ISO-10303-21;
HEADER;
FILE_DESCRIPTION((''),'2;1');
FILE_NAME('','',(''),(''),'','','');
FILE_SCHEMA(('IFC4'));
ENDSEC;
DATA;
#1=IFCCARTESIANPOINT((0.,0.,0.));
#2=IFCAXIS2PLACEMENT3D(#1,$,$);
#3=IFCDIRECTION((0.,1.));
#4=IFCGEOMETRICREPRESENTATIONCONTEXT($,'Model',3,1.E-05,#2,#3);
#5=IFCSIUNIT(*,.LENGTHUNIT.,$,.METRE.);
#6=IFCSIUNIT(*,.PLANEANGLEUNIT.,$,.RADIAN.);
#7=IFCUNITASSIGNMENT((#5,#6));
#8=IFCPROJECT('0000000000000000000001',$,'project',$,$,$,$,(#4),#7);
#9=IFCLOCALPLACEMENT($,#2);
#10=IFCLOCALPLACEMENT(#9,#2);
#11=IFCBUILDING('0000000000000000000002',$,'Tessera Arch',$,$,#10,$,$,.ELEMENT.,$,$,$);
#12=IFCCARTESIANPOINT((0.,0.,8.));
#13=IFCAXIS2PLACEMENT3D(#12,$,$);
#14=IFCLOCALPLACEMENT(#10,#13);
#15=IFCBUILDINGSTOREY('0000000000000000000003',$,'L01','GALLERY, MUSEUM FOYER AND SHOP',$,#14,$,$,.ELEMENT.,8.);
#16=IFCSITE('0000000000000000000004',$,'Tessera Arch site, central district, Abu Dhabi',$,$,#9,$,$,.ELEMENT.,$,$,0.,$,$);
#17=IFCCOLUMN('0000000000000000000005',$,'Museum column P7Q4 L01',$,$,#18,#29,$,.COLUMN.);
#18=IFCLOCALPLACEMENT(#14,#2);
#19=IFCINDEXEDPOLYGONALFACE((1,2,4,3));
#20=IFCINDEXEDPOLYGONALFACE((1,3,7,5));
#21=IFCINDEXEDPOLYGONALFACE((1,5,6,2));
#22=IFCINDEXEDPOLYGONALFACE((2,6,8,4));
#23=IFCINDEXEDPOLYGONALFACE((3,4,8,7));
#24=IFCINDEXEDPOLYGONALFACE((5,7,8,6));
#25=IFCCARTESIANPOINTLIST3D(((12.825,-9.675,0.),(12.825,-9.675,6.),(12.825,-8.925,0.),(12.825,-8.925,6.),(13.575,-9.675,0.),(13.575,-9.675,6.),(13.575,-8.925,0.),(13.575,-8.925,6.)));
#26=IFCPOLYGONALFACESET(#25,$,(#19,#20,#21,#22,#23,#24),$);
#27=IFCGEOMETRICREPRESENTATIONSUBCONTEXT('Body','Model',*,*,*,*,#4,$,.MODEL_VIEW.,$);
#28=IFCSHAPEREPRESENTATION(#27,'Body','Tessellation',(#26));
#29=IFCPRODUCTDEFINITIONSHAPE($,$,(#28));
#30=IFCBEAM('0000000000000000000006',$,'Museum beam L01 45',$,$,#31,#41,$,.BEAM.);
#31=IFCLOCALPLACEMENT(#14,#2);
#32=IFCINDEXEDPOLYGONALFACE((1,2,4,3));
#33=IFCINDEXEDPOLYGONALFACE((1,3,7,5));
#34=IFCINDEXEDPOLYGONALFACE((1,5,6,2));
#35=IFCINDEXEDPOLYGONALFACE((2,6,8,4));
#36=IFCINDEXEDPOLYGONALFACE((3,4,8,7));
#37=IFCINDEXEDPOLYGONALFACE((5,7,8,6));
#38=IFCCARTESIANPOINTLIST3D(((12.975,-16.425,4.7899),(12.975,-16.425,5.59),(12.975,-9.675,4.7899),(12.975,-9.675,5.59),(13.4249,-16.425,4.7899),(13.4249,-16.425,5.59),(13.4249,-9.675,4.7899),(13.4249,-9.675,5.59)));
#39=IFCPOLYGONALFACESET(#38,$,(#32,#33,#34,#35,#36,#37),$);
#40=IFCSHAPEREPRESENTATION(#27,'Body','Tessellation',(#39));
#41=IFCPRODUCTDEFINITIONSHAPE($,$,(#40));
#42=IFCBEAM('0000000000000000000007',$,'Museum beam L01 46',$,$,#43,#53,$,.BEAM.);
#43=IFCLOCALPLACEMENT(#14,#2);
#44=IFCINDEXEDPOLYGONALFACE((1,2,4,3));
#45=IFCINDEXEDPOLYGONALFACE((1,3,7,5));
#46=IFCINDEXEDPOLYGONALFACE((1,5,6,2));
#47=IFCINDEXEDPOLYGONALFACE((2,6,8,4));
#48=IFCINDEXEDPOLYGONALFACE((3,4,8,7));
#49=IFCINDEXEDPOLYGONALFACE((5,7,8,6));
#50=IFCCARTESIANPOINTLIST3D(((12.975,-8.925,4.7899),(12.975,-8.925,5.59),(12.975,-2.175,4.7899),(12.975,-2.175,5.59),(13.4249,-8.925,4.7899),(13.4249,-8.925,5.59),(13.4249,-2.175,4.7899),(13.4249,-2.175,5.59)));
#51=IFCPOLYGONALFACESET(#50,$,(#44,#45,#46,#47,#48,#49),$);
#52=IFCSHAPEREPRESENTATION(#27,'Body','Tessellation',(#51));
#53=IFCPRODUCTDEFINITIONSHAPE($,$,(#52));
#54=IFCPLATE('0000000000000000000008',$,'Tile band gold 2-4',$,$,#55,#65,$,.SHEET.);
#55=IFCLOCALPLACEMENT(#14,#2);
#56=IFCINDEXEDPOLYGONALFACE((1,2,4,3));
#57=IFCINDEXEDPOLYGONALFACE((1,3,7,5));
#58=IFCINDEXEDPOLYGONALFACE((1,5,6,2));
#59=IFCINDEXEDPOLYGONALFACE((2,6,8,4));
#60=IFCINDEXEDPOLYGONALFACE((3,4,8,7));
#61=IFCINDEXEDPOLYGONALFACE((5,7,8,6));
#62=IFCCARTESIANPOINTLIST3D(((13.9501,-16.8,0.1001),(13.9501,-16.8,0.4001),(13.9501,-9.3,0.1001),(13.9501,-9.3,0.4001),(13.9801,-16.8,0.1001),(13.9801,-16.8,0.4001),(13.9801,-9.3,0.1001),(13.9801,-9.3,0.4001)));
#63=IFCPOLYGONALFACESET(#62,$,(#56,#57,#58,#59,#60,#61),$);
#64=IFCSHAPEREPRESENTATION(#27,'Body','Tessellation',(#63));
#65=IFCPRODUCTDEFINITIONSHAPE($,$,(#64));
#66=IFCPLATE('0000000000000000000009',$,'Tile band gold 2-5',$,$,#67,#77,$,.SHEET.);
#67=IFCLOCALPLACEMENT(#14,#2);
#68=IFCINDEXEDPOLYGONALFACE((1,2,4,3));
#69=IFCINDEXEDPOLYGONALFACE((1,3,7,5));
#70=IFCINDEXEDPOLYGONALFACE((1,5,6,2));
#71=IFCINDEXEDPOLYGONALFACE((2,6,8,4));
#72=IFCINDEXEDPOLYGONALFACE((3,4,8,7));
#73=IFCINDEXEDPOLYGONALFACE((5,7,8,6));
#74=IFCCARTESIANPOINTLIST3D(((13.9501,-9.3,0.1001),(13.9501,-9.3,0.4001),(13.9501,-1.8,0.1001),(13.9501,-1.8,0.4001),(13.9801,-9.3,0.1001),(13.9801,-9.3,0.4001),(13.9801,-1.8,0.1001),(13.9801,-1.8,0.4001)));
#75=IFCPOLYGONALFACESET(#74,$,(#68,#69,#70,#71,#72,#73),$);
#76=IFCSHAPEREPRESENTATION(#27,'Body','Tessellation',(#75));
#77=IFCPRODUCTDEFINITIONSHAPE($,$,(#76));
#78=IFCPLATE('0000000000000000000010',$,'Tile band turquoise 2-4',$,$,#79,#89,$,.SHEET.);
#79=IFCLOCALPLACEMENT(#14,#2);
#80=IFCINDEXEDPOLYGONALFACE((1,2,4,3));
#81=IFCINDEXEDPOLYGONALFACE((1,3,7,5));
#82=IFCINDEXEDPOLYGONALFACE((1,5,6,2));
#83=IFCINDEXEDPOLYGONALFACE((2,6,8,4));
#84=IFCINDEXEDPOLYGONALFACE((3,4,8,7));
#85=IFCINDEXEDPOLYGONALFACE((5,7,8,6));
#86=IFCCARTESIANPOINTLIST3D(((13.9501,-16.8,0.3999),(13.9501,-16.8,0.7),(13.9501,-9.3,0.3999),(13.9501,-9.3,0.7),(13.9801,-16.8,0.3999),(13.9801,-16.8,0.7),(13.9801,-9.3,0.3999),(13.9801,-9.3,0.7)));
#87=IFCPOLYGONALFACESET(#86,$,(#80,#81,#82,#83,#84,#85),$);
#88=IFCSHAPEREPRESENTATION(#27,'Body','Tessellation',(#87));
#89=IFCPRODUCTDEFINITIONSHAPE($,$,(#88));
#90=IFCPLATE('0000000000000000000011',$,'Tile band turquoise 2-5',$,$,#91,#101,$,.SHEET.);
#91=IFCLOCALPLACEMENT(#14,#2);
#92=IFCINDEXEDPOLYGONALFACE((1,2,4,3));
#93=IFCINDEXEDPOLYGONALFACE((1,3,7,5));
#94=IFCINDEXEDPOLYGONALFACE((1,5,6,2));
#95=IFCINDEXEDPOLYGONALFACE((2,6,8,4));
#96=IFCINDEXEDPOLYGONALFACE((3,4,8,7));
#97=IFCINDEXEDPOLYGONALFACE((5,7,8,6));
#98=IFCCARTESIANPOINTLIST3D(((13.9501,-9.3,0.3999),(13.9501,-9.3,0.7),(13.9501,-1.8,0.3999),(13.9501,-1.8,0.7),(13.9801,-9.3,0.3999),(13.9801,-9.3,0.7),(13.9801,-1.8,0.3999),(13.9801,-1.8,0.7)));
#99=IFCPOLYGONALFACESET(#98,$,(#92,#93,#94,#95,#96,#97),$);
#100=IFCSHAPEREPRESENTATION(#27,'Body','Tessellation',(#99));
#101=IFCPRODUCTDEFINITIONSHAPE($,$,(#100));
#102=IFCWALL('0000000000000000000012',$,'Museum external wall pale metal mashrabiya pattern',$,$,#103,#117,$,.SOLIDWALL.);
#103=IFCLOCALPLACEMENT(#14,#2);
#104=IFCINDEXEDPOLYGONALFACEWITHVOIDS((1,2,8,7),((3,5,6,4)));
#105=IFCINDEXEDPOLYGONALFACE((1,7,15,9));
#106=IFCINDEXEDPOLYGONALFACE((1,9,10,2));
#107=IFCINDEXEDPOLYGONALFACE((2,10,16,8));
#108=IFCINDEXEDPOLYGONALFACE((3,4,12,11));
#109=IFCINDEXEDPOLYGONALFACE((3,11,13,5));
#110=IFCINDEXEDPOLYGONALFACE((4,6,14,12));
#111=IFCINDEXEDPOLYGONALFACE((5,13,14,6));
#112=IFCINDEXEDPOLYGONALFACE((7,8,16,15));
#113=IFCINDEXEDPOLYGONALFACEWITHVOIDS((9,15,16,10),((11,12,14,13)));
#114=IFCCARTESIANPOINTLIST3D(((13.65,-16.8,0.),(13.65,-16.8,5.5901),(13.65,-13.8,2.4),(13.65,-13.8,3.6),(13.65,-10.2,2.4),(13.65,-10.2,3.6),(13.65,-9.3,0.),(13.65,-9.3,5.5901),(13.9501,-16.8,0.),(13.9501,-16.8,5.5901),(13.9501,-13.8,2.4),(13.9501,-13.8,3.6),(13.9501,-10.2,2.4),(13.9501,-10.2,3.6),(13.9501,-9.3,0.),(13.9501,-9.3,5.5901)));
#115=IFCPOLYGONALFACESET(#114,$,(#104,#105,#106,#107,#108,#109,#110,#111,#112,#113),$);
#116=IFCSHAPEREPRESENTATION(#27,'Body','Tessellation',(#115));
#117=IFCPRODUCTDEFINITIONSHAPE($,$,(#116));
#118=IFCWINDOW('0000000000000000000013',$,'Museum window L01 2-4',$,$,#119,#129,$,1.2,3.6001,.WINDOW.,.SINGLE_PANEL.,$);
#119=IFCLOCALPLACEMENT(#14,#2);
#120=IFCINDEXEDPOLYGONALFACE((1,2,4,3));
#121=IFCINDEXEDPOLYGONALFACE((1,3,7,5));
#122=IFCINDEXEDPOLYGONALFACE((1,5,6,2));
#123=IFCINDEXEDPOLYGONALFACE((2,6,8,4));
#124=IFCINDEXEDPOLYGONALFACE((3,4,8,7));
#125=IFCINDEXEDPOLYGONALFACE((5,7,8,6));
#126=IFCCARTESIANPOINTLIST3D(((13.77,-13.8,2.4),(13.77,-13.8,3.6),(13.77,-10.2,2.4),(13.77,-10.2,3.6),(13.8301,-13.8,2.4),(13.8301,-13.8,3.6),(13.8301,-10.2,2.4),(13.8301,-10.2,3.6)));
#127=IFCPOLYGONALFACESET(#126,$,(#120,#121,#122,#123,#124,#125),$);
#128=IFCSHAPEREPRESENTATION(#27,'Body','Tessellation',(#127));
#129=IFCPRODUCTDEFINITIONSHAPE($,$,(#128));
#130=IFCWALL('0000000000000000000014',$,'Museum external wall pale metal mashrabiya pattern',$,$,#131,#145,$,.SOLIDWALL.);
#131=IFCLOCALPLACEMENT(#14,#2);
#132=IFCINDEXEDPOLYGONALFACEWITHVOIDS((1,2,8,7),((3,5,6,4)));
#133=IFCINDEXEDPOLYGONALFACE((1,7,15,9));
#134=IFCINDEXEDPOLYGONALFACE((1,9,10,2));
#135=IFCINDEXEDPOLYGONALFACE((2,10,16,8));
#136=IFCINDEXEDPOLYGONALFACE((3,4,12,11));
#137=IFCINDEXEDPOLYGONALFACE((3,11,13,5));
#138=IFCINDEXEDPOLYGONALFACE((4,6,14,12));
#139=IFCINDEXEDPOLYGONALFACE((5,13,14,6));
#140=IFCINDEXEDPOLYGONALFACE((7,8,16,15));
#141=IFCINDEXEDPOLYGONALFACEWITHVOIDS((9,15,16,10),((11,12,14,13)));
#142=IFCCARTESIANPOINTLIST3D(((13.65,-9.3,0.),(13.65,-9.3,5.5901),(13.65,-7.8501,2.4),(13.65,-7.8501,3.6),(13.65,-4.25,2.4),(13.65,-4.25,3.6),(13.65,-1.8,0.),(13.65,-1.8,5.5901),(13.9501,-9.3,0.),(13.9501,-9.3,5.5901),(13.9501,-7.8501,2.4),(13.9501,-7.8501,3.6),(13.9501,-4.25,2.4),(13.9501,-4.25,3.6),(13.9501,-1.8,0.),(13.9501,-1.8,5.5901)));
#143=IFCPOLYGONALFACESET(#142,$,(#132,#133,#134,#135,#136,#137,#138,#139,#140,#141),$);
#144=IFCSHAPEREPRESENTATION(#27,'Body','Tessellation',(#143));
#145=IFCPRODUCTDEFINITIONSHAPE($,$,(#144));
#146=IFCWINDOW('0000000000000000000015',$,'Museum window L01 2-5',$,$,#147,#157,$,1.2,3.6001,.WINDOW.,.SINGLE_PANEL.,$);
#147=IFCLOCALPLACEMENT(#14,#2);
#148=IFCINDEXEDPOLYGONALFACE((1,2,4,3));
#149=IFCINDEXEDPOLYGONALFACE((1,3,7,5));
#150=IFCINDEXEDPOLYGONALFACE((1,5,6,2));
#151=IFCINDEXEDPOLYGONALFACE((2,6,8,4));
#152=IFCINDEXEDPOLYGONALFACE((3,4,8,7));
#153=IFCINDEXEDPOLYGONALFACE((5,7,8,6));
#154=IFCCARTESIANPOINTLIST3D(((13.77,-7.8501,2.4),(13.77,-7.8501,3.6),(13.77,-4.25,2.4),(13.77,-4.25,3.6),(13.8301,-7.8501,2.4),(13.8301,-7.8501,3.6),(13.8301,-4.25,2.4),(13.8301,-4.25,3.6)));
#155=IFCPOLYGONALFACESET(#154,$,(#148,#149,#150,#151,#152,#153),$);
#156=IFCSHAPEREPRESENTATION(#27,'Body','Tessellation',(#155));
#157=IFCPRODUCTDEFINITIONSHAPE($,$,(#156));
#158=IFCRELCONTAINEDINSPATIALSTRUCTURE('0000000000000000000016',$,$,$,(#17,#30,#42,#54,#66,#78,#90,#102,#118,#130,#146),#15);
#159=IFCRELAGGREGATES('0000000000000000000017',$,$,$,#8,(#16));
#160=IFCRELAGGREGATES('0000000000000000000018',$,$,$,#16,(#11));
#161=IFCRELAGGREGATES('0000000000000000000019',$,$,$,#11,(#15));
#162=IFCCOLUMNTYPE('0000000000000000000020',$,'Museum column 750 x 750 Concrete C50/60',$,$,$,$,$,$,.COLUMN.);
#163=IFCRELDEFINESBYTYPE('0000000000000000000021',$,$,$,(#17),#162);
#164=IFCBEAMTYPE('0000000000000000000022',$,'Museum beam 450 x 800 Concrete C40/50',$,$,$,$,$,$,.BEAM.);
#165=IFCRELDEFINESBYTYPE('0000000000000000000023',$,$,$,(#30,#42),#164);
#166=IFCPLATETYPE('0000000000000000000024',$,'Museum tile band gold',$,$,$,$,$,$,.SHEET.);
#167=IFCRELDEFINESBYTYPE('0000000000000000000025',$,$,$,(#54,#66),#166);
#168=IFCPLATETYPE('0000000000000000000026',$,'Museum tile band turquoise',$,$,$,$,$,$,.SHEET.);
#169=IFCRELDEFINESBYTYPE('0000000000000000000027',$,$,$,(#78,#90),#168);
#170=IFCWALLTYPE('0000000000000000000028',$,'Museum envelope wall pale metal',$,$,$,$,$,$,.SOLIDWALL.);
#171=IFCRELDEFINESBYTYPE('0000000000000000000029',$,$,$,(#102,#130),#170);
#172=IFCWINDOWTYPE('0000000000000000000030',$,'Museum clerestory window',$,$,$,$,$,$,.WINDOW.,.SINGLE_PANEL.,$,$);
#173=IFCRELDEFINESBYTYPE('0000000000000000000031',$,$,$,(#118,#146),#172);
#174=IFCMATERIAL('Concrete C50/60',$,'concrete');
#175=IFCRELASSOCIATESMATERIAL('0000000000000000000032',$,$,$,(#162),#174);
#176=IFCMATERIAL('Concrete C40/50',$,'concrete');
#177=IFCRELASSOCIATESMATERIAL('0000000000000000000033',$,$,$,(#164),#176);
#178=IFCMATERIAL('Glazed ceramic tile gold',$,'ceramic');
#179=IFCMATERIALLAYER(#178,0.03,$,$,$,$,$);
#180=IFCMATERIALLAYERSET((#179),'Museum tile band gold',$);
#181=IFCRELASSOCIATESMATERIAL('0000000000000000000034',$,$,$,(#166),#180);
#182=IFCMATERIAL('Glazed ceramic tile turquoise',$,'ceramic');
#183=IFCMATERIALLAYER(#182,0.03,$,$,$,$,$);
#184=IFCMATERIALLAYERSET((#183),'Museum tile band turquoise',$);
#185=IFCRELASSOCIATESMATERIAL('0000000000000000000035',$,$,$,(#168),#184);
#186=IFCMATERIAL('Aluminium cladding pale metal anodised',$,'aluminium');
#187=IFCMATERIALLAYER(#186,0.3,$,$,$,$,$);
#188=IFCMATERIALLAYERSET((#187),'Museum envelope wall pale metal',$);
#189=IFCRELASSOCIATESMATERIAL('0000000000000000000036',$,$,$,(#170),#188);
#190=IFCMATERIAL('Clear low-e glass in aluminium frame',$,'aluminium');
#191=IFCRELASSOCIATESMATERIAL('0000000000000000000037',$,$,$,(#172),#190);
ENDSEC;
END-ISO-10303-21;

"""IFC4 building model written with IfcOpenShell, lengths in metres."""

from ifc_helpers import new_model, si_unit, direction, frame, frame_2d, origin, origin_2d, place, context, subcontext, project, spatial, rectangle, extrude, material, layer, layer_set, material_profile, profile_set, type_object, element, fill, save


model = new_model("IFC4")

# Units and contexts
model_context = context("Model", 3, precision=1e-05, world=origin(), true_north=direction((0.0, 1.0)))
body_context = subcontext(model_context, "Body", "Model", "MODEL_VIEW")
ifc_project = project(units=[si_unit("LENGTHUNIT", "METRE"), si_unit("PLANEANGLEUNIT", "RADIAN")], contexts=[model_context])

# Site, building, storey
site_placement = place(None, origin())
site = spatial("IfcSite", under=ifc_project, at=site_placement, Name="Tessera Arch site, central district, Abu Dhabi", CompositionType="ELEMENT", RefElevation=0.0)
building_placement = place(site_placement, origin())
building = spatial("IfcBuilding", under=site, at=building_placement, Name="Tessera Arch", CompositionType="ELEMENT")
storey_placement = place(building_placement, frame((0.0, 0.0, 8.0)))
storey = spatial("IfcBuildingStorey", under=building, at=storey_placement, Name="L01", Description="GALLERY, MUSEUM FOYER AND SHOP", CompositionType="ELEMENT", Elevation=8.0)

# Column
ifc_material_1 = material(Name="Concrete C50/60", Category="concrete")
ifc_material_profile_1 = material_profile(ifc_material_1, rectangle(XDim=0.75, YDim=0.75, at=origin_2d()), Name="Museum column 750 x 750 Concrete C50/60")
ifc_profile_set_1 = profile_set([ifc_material_profile_1], Name="Concrete C50/60")
column_type = type_object("IfcColumnType", Name="Museum column 750 x 750 Concrete C50/60", PredefinedType="COLUMN", material=ifc_profile_set_1)
column_placement = place(storey_placement, frame((13.2, -9.3, 0.0), z_axis=(0.0, 0.0, 1.0), x_axis=(1.0, 0.0, 0.0)))
element("IfcColumn", 1, at=column_placement, inside=storey, type_object=column_type, Name="Museum column P7Q4 L01", PredefinedType="COLUMN", context=body_context, shape_type="SweptSolid", body=[
    extrude(rectangle(XDim=0.75, YDim=0.75, at=origin_2d()), origin(), (0.0, 0.0, 1.0), 6.0),
])

# Beams
ifc_material_2 = material(Name="Concrete C40/50", Category="concrete")
ifc_material_profile_2 = material_profile(ifc_material_2, rectangle(XDim=0.45, YDim=0.8, at=origin_2d()), Name="Museum beam 450 x 800 Concrete C40/50")
ifc_profile_set_2 = profile_set([ifc_material_profile_2], Name="Concrete C40/50")
beam_type = type_object("IfcBeamType", Name="Museum beam 450 x 800 Concrete C40/50", PredefinedType="BEAM", material=ifc_profile_set_2)
for number, where, z_axis, x_axis, name in (
    (2, (13.2, -16.425, 5.1899), (0.0, 1.0, 0.0), (-1.0, 0.0, 0.0), "Museum beam L01 45"),
    (3, (13.2, -8.925, 5.1899), (0.0, 1.0, 0.0), (-1.0, 0.0, 0.0), "Museum beam L01 46"),
):
    element("IfcBeam", number, at=place(storey_placement, frame(where, z_axis=z_axis, x_axis=x_axis)), inside=storey, type_object=beam_type, Name=name, PredefinedType="BEAM", context=body_context, shape_type="SweptSolid", body=[
        extrude(rectangle(XDim=0.45, YDim=0.8, at=origin_2d()), origin(), (0.0, 0.0, 1.0), 6.75),
    ])

# Plates
ifc_material_3 = material(Name="Glazed ceramic tile gold", Category="ceramic")
ifc_layer_1 = layer(ifc_material_3, 0.03)
ifc_layer_set_1 = layer_set([ifc_layer_1], Name="Museum tile band gold")
plate_type_1 = type_object("IfcPlateType", Name="Museum tile band gold", PredefinedType="SHEET", material=ifc_layer_set_1)
for number, where, z_axis, x_axis, name in (
    (4, (13.9651, -13.05, 0.1001), (0.0, 0.0, 1.0), (0.0, 1.0, 0.0), "Tile band gold 2-4"),
    (5, (13.9651, -5.55, 0.1001), (0.0, 0.0, 1.0), (0.0, 1.0, 0.0), "Tile band gold 2-5"),
):
    element("IfcPlate", number, at=place(storey_placement, frame(where, z_axis=z_axis, x_axis=x_axis)), inside=storey, type_object=plate_type_1, Name=name, PredefinedType="SHEET", context=body_context, shape_type="SweptSolid", body=[
        extrude(rectangle(XDim=7.5, YDim=0.03, at=origin_2d()), origin(), (0.0, 0.0, 1.0), 0.3),
    ])
ifc_material_4 = material(Name="Glazed ceramic tile turquoise", Category="ceramic")
ifc_layer_2 = layer(ifc_material_4, 0.03)
ifc_layer_set_2 = layer_set([ifc_layer_2], Name="Museum tile band turquoise")
plate_type_2 = type_object("IfcPlateType", Name="Museum tile band turquoise", PredefinedType="SHEET", material=ifc_layer_set_2)
for number, where, z_axis, x_axis, name in (
    (6, (13.9651, -13.05, 0.3999), (0.0, 0.0, 1.0), (0.0, 1.0, 0.0), "Tile band turquoise 2-4"),
    (7, (13.9651, -5.55, 0.3999), (0.0, 0.0, 1.0), (0.0, 1.0, 0.0), "Tile band turquoise 2-5"),
):
    element("IfcPlate", number, at=place(storey_placement, frame(where, z_axis=z_axis, x_axis=x_axis)), inside=storey, type_object=plate_type_2, Name=name, PredefinedType="SHEET", context=body_context, shape_type="SweptSolid", body=[
        extrude(rectangle(XDim=7.5, YDim=0.03, at=origin_2d()), origin(), (0.0, 0.0, 1.0), 0.3),
    ])

# Walls, openings, windows
ifc_material_5 = material(Name="Aluminium cladding pale metal anodised", Category="aluminium")
ifc_layer_3 = layer(ifc_material_5, 0.3)
ifc_layer_set_3 = layer_set([ifc_layer_3], Name="Museum envelope wall pale metal")
wall_type = type_object("IfcWallType", Name="Museum envelope wall pale metal", PredefinedType="SOLIDWALL", material=ifc_layer_set_3)
wall_1_placement = place(storey_placement, frame((13.8, -16.8, 0.0), z_axis=(0.0, 0.0, 1.0), x_axis=(0.0, 1.0, 0.0)))
wall_1 = element("IfcWall", 8, at=wall_1_placement, inside=storey, type_object=wall_type, Name="Museum external wall pale metal mashrabiya pattern", PredefinedType="SOLIDWALL", context=body_context, shape_type="SweptSolid", body=[
    extrude(rectangle(XDim=7.5, YDim=0.3, at=frame_2d((3.75, 0.0))), origin(), (0.0, 0.0, 1.0), 5.5901),
])
opening_1_placement = place(wall_1_placement, frame((3.0, 0.0, 2.3999)))
opening_1 = element("IfcOpeningElement", 9, at=opening_1_placement, cuts=wall_1, PredefinedType="OPENING", context=body_context, shape_type="SweptSolid", body=[
    extrude(rectangle(XDim=3.6001, YDim=1.2, at=frame_2d((1.8, 0.6001))), frame((0.0, 0.1599, 0.0), z_axis=(0.0, -1.0, 0.0), x_axis=(1.0, 0.0, 0.0)), (0.0, 0.0, 1.0), 0.3201),
])
ifc_material_6 = material(Name="Clear low-e glass in aluminium frame", Category="aluminium")
window_type = type_object("IfcWindowType", Name="Museum clerestory window", PartitioningType="SINGLE_PANEL", PredefinedType="WINDOW", material=ifc_material_6)
window_1_placement = place(opening_1_placement, origin())
window_1 = element("IfcWindow", 10, at=window_1_placement, inside=storey, type_object=window_type, Name="Museum window L01 2-4", OverallHeight=1.2, OverallWidth=3.6001, PartitioningType="SINGLE_PANEL", PredefinedType="WINDOW", context=body_context, shape_type="SweptSolid", body=[
    extrude(rectangle(XDim=3.6001, YDim=1.2, at=frame_2d((1.8, 0.6001))), frame((0.0, 0.03, 0.0), z_axis=(0.0, -1.0, 0.0), x_axis=(1.0, 0.0, 0.0)), (0.0, 0.0, 1.0), 0.0601),
])
fill(opening_1, window_1)
wall_2_placement = place(storey_placement, frame((13.8, -9.3, 0.0), z_axis=(0.0, 0.0, 1.0), x_axis=(0.0, 1.0, 0.0)))
wall_2 = element("IfcWall", 11, at=wall_2_placement, inside=storey, type_object=wall_type, Name="Museum external wall pale metal mashrabiya pattern", PredefinedType="SOLIDWALL", context=body_context, shape_type="SweptSolid", body=[
    extrude(rectangle(XDim=7.5, YDim=0.3, at=frame_2d((3.75, 0.0))), origin(), (0.0, 0.0, 1.0), 5.5901),
])
opening_2_placement = place(wall_2_placement, frame((1.45, 0.0, 2.3999)))
opening_2 = element("IfcOpeningElement", 12, at=opening_2_placement, cuts=wall_2, PredefinedType="OPENING", context=body_context, shape_type="SweptSolid", body=[
    extrude(rectangle(XDim=3.6001, YDim=1.2, at=frame_2d((1.8, 0.6001))), frame((0.0, 0.1599, 0.0), z_axis=(0.0, -1.0, 0.0), x_axis=(1.0, 0.0, 0.0)), (0.0, 0.0, 1.0), 0.3201),
])
window_2_placement = place(opening_2_placement, origin())
window_2 = element("IfcWindow", 13, at=window_2_placement, inside=storey, type_object=window_type, Name="Museum window L01 2-5", OverallHeight=1.2, OverallWidth=3.6001, PartitioningType="SINGLE_PANEL", PredefinedType="WINDOW", context=body_context, shape_type="SweptSolid", body=[
    extrude(rectangle(XDim=3.6001, YDim=1.2, at=frame_2d((1.8, 0.6001))), frame((0.0, 0.03, 0.0), z_axis=(0.0, -1.0, 0.0), x_axis=(1.0, 0.0, 0.0)), (0.0, 0.0, 1.0), 0.0601),
])
fill(opening_2, window_2)

save(model, "model.ifc")
